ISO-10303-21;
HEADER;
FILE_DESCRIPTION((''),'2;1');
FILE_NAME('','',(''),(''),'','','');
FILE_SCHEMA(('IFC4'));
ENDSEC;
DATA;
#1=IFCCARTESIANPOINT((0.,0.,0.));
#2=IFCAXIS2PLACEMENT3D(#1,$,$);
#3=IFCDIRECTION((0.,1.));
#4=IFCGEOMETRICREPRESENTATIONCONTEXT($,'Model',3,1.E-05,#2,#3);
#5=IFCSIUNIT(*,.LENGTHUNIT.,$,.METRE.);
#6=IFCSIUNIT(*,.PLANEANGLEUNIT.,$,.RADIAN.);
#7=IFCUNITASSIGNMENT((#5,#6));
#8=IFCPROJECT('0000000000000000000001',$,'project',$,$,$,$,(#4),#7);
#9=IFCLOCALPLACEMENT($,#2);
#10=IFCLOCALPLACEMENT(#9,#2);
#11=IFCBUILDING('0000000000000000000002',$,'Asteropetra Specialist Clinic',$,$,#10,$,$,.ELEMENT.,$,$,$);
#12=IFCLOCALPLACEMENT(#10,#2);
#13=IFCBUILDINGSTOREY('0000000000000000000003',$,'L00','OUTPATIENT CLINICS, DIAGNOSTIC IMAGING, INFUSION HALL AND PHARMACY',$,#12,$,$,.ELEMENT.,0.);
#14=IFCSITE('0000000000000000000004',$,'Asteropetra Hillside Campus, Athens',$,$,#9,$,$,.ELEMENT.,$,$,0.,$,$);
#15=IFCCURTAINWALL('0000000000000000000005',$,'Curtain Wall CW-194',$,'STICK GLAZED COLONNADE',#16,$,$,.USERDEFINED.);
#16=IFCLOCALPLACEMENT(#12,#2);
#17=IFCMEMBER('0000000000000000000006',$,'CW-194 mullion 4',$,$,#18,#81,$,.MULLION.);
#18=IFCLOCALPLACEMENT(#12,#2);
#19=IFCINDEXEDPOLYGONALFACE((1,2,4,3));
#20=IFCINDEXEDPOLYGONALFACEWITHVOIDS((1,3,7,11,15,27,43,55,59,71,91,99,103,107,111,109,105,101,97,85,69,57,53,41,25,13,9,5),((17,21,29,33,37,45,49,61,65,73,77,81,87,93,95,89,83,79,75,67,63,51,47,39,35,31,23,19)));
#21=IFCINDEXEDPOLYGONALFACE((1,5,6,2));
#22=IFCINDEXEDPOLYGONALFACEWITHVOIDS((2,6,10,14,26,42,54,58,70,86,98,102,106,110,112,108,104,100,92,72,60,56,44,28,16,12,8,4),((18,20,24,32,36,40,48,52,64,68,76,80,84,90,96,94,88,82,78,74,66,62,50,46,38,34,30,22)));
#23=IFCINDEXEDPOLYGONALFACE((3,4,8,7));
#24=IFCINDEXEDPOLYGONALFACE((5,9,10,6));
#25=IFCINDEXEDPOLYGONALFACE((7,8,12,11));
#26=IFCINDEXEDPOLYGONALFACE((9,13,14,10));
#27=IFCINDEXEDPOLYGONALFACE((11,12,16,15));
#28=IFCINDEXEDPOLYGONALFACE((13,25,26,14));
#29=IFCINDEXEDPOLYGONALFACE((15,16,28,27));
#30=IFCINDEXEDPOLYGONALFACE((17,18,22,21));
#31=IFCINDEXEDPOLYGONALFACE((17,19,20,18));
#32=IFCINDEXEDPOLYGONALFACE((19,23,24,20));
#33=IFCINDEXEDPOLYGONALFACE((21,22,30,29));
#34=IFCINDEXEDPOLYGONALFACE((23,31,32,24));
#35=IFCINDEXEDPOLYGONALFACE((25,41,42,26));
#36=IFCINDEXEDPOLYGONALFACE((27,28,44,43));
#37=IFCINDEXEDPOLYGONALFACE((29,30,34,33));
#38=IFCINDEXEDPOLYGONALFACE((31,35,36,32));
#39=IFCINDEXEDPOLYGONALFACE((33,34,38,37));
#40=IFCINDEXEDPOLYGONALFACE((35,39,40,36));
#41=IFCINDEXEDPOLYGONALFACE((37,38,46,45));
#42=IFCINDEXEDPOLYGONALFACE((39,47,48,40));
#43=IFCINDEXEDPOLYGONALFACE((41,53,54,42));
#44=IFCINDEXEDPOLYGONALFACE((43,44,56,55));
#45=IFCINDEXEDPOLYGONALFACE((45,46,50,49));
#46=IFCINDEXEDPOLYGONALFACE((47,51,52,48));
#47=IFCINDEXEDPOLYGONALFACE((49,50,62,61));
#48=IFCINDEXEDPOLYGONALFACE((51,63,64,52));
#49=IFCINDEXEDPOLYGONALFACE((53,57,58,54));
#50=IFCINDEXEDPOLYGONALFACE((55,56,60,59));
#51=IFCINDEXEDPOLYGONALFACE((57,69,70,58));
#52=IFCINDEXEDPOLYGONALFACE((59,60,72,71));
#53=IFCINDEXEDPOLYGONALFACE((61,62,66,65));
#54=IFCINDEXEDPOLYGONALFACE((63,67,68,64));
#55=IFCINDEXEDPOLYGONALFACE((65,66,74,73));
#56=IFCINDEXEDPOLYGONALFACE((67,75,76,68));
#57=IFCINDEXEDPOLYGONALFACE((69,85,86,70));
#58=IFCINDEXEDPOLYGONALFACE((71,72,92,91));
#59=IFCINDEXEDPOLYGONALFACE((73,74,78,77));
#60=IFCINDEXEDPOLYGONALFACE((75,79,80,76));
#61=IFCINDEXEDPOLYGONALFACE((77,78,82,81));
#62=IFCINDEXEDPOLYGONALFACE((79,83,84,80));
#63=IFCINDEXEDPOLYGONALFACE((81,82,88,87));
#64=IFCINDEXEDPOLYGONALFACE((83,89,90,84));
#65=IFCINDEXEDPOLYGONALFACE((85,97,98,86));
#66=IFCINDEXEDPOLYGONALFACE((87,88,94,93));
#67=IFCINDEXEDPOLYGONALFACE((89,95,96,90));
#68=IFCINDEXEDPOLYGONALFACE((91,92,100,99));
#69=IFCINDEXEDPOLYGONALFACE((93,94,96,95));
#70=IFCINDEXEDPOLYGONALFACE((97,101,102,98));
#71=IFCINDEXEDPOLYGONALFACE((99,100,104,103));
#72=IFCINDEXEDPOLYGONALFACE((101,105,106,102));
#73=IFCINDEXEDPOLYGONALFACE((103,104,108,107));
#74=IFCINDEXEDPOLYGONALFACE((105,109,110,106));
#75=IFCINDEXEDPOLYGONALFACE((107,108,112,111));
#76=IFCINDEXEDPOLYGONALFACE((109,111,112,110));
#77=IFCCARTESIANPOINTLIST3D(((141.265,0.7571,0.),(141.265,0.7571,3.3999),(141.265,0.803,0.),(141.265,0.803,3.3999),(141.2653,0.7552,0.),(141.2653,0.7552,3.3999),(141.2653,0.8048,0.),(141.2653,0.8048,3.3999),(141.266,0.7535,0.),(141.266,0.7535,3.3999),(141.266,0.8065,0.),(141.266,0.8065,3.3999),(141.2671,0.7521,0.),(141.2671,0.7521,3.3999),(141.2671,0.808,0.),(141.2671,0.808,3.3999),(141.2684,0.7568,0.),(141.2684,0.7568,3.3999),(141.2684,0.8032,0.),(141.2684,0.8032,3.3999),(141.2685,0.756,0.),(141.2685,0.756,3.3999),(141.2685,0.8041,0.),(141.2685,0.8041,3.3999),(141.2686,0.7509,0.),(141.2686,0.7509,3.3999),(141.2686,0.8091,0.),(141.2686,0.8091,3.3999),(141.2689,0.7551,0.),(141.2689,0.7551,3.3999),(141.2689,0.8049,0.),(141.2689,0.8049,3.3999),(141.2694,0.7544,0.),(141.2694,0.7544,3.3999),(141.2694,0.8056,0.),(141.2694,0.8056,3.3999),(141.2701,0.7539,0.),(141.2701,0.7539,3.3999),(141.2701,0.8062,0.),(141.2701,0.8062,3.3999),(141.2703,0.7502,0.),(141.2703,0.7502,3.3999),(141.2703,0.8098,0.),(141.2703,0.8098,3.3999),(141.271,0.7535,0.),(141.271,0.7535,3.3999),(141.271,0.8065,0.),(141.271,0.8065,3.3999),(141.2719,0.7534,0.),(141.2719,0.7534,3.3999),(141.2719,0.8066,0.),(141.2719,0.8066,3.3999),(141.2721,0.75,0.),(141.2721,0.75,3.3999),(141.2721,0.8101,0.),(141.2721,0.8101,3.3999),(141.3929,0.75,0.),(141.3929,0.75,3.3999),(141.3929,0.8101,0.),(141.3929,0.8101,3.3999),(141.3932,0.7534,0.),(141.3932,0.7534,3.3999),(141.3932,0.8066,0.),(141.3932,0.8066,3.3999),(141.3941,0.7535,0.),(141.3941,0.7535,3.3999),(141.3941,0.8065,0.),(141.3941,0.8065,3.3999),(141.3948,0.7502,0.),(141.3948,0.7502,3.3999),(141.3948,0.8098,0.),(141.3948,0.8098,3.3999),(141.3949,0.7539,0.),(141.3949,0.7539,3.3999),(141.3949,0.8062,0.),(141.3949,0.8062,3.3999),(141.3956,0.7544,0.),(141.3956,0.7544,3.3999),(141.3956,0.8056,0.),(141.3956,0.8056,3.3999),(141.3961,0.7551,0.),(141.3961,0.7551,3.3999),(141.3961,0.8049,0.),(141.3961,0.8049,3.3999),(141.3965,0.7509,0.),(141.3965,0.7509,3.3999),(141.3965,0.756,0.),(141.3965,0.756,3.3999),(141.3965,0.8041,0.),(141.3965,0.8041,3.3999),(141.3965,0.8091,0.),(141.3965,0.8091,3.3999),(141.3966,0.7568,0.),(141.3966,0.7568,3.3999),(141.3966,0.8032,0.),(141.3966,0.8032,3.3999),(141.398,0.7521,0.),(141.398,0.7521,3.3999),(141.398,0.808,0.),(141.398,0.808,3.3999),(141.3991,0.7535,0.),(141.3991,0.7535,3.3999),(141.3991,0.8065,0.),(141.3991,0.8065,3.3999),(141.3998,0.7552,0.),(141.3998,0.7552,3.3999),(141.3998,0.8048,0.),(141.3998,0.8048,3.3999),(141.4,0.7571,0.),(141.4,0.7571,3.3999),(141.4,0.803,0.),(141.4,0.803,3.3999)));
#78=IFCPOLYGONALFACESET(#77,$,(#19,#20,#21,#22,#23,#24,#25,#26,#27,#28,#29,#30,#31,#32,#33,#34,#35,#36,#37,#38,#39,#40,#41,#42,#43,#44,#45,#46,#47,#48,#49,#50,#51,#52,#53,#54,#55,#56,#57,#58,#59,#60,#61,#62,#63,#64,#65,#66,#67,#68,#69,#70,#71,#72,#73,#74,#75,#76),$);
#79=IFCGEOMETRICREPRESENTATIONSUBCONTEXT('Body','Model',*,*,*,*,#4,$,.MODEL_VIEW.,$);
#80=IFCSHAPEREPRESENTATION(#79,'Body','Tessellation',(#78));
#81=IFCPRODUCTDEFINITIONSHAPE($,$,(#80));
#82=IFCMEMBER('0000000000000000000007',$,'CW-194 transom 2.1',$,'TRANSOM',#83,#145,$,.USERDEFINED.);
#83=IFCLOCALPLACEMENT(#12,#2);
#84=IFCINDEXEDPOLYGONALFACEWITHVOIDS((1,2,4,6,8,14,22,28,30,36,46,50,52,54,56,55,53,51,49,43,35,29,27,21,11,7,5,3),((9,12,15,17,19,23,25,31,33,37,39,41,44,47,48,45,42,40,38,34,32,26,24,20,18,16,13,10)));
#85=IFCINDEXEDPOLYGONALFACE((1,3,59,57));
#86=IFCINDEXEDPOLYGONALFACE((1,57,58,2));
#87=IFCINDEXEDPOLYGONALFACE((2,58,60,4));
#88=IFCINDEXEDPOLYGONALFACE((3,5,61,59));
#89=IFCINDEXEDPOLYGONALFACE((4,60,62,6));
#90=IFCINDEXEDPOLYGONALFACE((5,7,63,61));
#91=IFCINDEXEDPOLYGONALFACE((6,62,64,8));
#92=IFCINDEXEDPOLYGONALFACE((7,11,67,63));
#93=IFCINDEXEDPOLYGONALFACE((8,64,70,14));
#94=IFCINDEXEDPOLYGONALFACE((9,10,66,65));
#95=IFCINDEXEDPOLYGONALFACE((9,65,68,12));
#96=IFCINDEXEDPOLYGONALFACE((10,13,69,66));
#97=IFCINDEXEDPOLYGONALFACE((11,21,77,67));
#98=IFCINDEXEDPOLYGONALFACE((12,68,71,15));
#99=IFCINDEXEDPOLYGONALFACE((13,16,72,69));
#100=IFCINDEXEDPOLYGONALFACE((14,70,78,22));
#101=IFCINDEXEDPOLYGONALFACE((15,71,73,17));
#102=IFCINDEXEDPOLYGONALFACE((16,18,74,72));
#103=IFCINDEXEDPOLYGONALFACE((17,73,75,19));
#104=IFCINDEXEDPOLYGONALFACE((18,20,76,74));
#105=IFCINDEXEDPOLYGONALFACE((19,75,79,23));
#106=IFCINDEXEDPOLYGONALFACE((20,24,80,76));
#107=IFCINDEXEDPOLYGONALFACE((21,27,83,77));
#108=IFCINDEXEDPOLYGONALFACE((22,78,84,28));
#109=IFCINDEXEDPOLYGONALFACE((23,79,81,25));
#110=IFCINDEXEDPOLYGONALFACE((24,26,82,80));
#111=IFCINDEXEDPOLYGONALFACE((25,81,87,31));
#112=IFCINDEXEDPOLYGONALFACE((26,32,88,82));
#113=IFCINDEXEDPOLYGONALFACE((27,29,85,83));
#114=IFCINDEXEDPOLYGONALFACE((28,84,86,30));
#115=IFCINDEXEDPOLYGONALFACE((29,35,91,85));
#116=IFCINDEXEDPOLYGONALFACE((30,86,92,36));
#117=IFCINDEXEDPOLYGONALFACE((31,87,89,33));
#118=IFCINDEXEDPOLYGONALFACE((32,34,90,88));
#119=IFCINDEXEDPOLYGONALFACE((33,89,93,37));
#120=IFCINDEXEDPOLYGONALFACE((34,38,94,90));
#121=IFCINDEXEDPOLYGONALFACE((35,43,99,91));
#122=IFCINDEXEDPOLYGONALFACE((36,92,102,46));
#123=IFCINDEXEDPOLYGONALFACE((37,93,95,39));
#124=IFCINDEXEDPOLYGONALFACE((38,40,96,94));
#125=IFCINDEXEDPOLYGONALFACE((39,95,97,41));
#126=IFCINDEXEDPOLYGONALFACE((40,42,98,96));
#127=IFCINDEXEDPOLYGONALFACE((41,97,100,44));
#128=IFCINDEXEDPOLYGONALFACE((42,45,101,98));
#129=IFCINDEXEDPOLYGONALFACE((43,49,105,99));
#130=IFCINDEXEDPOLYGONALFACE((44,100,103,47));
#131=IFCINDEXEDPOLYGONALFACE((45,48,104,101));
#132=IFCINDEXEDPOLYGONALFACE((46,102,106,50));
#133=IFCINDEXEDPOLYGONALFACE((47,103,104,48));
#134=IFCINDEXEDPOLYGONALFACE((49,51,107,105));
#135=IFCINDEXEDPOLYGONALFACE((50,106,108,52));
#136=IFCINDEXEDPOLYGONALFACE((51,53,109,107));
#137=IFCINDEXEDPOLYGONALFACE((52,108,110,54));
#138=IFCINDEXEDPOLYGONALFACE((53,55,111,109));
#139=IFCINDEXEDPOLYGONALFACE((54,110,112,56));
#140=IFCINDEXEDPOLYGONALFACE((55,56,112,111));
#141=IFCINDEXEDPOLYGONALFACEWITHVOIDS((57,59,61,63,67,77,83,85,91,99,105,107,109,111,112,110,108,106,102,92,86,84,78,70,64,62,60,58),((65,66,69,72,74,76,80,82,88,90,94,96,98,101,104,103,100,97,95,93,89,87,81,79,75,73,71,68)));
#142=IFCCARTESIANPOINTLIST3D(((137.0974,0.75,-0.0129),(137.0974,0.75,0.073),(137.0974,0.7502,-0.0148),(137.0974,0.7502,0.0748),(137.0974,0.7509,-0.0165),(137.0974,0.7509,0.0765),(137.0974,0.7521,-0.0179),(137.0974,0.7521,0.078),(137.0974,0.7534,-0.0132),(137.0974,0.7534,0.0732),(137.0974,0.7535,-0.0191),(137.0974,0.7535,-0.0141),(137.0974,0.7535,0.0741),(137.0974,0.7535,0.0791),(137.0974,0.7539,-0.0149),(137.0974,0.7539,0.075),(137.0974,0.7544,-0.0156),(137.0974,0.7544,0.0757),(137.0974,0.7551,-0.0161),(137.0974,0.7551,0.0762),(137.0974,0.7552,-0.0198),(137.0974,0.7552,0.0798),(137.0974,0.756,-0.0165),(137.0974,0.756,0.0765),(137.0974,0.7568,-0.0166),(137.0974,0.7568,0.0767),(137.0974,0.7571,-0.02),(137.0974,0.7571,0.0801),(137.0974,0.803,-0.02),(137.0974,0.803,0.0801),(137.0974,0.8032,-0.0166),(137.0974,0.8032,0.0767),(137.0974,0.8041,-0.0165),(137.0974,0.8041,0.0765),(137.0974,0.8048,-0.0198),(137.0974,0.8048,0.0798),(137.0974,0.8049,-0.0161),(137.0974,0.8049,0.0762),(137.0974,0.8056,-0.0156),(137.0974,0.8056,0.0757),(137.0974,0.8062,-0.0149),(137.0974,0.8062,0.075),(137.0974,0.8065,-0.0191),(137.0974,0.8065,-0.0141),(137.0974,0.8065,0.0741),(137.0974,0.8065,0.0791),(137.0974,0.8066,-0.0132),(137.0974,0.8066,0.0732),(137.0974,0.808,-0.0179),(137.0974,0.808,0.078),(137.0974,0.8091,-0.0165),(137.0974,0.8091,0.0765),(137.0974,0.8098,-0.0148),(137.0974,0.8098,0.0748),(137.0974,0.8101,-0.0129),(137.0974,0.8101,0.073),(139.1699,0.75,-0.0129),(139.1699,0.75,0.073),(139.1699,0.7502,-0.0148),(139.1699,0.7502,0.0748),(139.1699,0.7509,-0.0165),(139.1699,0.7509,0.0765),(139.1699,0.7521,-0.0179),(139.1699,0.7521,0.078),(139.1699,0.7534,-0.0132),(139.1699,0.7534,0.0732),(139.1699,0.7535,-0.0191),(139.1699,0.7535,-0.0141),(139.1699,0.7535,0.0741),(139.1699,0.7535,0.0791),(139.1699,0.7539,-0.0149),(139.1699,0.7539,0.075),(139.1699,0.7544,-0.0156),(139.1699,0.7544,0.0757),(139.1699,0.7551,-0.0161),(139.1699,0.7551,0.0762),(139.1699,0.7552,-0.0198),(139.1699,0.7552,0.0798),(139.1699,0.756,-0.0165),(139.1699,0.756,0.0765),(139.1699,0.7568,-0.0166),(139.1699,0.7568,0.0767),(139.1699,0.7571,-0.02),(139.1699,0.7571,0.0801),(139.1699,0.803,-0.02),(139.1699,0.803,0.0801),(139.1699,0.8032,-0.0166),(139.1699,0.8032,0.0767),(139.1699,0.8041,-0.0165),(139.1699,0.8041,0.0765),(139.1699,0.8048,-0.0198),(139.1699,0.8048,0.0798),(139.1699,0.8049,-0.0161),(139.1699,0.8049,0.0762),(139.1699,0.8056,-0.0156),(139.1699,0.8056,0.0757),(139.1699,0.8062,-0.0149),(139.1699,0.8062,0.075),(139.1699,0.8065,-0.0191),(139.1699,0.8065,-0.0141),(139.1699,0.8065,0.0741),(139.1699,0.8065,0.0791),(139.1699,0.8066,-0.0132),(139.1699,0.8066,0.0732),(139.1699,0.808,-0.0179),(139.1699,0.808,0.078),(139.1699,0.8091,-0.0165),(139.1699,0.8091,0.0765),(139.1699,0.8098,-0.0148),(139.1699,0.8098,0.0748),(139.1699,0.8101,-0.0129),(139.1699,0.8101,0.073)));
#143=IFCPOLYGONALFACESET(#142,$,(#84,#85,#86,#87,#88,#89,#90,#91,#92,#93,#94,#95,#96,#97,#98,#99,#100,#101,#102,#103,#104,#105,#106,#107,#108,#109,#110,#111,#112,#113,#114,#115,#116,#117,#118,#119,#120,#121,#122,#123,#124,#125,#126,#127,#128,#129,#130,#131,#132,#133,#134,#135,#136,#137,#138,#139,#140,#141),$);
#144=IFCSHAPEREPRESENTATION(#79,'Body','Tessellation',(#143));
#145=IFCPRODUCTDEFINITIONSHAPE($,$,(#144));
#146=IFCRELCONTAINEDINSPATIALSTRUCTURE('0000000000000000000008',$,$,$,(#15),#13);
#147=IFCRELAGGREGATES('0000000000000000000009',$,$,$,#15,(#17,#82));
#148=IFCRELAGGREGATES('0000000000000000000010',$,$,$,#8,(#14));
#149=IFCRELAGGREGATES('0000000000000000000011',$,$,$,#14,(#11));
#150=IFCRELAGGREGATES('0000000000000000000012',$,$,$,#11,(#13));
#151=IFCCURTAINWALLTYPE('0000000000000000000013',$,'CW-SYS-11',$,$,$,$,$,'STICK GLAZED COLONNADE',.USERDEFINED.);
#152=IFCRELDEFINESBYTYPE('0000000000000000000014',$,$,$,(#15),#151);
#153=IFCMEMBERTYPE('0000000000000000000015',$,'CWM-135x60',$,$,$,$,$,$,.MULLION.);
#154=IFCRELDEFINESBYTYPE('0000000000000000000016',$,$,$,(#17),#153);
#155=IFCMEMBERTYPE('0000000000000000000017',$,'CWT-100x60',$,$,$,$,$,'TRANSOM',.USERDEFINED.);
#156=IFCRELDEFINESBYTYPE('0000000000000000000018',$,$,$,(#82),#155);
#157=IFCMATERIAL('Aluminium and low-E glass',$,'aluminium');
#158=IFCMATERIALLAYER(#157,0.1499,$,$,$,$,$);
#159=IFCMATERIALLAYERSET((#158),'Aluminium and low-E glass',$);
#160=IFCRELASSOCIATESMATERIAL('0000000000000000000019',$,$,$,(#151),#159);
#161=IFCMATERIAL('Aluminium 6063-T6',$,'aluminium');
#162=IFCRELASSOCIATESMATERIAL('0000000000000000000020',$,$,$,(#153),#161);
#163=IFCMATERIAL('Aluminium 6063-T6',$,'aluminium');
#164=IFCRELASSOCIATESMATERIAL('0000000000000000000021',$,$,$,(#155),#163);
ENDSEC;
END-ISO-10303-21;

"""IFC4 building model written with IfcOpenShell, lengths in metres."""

from ifc_helpers import new_model, si_unit, direction, frame, origin, origin_2d, place, context, subcontext, project, spatial, hollow_rectangle, extrude, material, layer, layer_set, material_profile, profile_set, type_object, element, aggregate, save


model = new_model("IFC4")

# Units and contexts
model_context = context("Model", 3, precision=1e-05, world=origin(), true_north=direction((0.0, 1.0)))
body_context = subcontext(model_context, "Body", "Model", "MODEL_VIEW")
ifc_project = project(units=[si_unit("LENGTHUNIT", "METRE"), si_unit("PLANEANGLEUNIT", "RADIAN")], contexts=[model_context])

# Site, building, storey
site_placement = place(None, origin())
site = spatial("IfcSite", under=ifc_project, at=site_placement, Name="Asteropetra Hillside Campus, Athens", CompositionType="ELEMENT", RefElevation=0.0)
building_placement = place(site_placement, origin())
building = spatial("IfcBuilding", under=site, at=building_placement, Name="Asteropetra Specialist Clinic", CompositionType="ELEMENT")
storey_placement = place(building_placement, origin())
storey = spatial("IfcBuildingStorey", under=building, at=storey_placement, Name="L00", Description="OUTPATIENT CLINICS, DIAGNOSTIC IMAGING, INFUSION HALL AND PHARMACY", CompositionType="ELEMENT", Elevation=0.0)

# Curtain wall, members
ifc_material_1 = material(Name="Aluminium and low-E glass", Category="aluminium")
ifc_layer_1 = layer(ifc_material_1, 0.1499)
ifc_layer_set_1 = layer_set([ifc_layer_1], Name="Aluminium and low-E glass")
curtain_wall_type = type_object("IfcCurtainWallType", Name="CW-SYS-11", ElementType="STICK GLAZED COLONNADE", PredefinedType="USERDEFINED", material=ifc_layer_set_1)
curtain_wall_placement = place(storey_placement, origin())
curtain_wall = element("IfcCurtainWall", 1, at=curtain_wall_placement, inside=storey, type_object=curtain_wall_type, Name="Curtain Wall CW-194", ObjectType="STICK GLAZED COLONNADE", PredefinedType="USERDEFINED")
ifc_material_2 = material(Name="Aluminium 6063-T6", Category="aluminium")
ifc_material_profile_1 = material_profile(ifc_material_2, hollow_rectangle(XDim=0.0601, YDim=0.135, WallThickness=0.0034, InnerFilletRadius=0.0034, OuterFilletRadius=0.0071, at=origin_2d()), Name="MUL 135x60x3.5")
ifc_profile_set_1 = profile_set([ifc_material_profile_1], Name="Aluminium 6063-T6")
member_type_1 = type_object("IfcMemberType", Name="CWM-135x60", PredefinedType="MULLION", material=ifc_profile_set_1)
member_1_placement = place(storey_placement, frame((141.3325, 0.78, 0.0), z_axis=(0.0, 0.0, 1.0), x_axis=(0.0, 1.0, 0.0)))
member_1 = element("IfcMember", 2, at=member_1_placement, type_object=member_type_1, Name="CW-194 mullion 4", PredefinedType="MULLION", context=body_context, shape_type="SweptSolid", body=[
    extrude(hollow_rectangle(XDim=0.0601, YDim=0.135, WallThickness=0.0034, InnerFilletRadius=0.0034, OuterFilletRadius=0.0071, at=origin_2d()), origin(), (0.0, 0.0, 1.0), 3.3999),
])
ifc_material_3 = material(Name="Aluminium 6063-T6", Category="aluminium")
ifc_material_profile_2 = material_profile(ifc_material_3, hollow_rectangle(XDim=0.0601, YDim=0.1001, WallThickness=0.0034, InnerFilletRadius=0.0034, OuterFilletRadius=0.0071, at=origin_2d()), Name="TRN 100x60x3.5")
ifc_profile_set_2 = profile_set([ifc_material_profile_2], Name="Aluminium 6063-T6")
member_type_2 = type_object("IfcMemberType", Name="CWT-100x60", ElementType="TRANSOM", PredefinedType="USERDEFINED", material=ifc_profile_set_2)
member_2_placement = place(storey_placement, frame((137.0974, 0.78, 0.03), z_axis=(1.0, 0.0, 0.0), x_axis=(0.0, 1.0, 0.0)))
member_2 = element("IfcMember", 3, at=member_2_placement, type_object=member_type_2, Name="CW-194 transom 2.1", ObjectType="TRANSOM", PredefinedType="USERDEFINED", context=body_context, shape_type="SweptSolid", body=[
    extrude(hollow_rectangle(XDim=0.0601, YDim=0.1001, WallThickness=0.0034, InnerFilletRadius=0.0034, OuterFilletRadius=0.0071, at=origin_2d()), origin(), (0.0, 0.0, 1.0), 2.0725),
])
aggregate(curtain_wall, [member_1, member_2])

save(model, "model.ifc")
